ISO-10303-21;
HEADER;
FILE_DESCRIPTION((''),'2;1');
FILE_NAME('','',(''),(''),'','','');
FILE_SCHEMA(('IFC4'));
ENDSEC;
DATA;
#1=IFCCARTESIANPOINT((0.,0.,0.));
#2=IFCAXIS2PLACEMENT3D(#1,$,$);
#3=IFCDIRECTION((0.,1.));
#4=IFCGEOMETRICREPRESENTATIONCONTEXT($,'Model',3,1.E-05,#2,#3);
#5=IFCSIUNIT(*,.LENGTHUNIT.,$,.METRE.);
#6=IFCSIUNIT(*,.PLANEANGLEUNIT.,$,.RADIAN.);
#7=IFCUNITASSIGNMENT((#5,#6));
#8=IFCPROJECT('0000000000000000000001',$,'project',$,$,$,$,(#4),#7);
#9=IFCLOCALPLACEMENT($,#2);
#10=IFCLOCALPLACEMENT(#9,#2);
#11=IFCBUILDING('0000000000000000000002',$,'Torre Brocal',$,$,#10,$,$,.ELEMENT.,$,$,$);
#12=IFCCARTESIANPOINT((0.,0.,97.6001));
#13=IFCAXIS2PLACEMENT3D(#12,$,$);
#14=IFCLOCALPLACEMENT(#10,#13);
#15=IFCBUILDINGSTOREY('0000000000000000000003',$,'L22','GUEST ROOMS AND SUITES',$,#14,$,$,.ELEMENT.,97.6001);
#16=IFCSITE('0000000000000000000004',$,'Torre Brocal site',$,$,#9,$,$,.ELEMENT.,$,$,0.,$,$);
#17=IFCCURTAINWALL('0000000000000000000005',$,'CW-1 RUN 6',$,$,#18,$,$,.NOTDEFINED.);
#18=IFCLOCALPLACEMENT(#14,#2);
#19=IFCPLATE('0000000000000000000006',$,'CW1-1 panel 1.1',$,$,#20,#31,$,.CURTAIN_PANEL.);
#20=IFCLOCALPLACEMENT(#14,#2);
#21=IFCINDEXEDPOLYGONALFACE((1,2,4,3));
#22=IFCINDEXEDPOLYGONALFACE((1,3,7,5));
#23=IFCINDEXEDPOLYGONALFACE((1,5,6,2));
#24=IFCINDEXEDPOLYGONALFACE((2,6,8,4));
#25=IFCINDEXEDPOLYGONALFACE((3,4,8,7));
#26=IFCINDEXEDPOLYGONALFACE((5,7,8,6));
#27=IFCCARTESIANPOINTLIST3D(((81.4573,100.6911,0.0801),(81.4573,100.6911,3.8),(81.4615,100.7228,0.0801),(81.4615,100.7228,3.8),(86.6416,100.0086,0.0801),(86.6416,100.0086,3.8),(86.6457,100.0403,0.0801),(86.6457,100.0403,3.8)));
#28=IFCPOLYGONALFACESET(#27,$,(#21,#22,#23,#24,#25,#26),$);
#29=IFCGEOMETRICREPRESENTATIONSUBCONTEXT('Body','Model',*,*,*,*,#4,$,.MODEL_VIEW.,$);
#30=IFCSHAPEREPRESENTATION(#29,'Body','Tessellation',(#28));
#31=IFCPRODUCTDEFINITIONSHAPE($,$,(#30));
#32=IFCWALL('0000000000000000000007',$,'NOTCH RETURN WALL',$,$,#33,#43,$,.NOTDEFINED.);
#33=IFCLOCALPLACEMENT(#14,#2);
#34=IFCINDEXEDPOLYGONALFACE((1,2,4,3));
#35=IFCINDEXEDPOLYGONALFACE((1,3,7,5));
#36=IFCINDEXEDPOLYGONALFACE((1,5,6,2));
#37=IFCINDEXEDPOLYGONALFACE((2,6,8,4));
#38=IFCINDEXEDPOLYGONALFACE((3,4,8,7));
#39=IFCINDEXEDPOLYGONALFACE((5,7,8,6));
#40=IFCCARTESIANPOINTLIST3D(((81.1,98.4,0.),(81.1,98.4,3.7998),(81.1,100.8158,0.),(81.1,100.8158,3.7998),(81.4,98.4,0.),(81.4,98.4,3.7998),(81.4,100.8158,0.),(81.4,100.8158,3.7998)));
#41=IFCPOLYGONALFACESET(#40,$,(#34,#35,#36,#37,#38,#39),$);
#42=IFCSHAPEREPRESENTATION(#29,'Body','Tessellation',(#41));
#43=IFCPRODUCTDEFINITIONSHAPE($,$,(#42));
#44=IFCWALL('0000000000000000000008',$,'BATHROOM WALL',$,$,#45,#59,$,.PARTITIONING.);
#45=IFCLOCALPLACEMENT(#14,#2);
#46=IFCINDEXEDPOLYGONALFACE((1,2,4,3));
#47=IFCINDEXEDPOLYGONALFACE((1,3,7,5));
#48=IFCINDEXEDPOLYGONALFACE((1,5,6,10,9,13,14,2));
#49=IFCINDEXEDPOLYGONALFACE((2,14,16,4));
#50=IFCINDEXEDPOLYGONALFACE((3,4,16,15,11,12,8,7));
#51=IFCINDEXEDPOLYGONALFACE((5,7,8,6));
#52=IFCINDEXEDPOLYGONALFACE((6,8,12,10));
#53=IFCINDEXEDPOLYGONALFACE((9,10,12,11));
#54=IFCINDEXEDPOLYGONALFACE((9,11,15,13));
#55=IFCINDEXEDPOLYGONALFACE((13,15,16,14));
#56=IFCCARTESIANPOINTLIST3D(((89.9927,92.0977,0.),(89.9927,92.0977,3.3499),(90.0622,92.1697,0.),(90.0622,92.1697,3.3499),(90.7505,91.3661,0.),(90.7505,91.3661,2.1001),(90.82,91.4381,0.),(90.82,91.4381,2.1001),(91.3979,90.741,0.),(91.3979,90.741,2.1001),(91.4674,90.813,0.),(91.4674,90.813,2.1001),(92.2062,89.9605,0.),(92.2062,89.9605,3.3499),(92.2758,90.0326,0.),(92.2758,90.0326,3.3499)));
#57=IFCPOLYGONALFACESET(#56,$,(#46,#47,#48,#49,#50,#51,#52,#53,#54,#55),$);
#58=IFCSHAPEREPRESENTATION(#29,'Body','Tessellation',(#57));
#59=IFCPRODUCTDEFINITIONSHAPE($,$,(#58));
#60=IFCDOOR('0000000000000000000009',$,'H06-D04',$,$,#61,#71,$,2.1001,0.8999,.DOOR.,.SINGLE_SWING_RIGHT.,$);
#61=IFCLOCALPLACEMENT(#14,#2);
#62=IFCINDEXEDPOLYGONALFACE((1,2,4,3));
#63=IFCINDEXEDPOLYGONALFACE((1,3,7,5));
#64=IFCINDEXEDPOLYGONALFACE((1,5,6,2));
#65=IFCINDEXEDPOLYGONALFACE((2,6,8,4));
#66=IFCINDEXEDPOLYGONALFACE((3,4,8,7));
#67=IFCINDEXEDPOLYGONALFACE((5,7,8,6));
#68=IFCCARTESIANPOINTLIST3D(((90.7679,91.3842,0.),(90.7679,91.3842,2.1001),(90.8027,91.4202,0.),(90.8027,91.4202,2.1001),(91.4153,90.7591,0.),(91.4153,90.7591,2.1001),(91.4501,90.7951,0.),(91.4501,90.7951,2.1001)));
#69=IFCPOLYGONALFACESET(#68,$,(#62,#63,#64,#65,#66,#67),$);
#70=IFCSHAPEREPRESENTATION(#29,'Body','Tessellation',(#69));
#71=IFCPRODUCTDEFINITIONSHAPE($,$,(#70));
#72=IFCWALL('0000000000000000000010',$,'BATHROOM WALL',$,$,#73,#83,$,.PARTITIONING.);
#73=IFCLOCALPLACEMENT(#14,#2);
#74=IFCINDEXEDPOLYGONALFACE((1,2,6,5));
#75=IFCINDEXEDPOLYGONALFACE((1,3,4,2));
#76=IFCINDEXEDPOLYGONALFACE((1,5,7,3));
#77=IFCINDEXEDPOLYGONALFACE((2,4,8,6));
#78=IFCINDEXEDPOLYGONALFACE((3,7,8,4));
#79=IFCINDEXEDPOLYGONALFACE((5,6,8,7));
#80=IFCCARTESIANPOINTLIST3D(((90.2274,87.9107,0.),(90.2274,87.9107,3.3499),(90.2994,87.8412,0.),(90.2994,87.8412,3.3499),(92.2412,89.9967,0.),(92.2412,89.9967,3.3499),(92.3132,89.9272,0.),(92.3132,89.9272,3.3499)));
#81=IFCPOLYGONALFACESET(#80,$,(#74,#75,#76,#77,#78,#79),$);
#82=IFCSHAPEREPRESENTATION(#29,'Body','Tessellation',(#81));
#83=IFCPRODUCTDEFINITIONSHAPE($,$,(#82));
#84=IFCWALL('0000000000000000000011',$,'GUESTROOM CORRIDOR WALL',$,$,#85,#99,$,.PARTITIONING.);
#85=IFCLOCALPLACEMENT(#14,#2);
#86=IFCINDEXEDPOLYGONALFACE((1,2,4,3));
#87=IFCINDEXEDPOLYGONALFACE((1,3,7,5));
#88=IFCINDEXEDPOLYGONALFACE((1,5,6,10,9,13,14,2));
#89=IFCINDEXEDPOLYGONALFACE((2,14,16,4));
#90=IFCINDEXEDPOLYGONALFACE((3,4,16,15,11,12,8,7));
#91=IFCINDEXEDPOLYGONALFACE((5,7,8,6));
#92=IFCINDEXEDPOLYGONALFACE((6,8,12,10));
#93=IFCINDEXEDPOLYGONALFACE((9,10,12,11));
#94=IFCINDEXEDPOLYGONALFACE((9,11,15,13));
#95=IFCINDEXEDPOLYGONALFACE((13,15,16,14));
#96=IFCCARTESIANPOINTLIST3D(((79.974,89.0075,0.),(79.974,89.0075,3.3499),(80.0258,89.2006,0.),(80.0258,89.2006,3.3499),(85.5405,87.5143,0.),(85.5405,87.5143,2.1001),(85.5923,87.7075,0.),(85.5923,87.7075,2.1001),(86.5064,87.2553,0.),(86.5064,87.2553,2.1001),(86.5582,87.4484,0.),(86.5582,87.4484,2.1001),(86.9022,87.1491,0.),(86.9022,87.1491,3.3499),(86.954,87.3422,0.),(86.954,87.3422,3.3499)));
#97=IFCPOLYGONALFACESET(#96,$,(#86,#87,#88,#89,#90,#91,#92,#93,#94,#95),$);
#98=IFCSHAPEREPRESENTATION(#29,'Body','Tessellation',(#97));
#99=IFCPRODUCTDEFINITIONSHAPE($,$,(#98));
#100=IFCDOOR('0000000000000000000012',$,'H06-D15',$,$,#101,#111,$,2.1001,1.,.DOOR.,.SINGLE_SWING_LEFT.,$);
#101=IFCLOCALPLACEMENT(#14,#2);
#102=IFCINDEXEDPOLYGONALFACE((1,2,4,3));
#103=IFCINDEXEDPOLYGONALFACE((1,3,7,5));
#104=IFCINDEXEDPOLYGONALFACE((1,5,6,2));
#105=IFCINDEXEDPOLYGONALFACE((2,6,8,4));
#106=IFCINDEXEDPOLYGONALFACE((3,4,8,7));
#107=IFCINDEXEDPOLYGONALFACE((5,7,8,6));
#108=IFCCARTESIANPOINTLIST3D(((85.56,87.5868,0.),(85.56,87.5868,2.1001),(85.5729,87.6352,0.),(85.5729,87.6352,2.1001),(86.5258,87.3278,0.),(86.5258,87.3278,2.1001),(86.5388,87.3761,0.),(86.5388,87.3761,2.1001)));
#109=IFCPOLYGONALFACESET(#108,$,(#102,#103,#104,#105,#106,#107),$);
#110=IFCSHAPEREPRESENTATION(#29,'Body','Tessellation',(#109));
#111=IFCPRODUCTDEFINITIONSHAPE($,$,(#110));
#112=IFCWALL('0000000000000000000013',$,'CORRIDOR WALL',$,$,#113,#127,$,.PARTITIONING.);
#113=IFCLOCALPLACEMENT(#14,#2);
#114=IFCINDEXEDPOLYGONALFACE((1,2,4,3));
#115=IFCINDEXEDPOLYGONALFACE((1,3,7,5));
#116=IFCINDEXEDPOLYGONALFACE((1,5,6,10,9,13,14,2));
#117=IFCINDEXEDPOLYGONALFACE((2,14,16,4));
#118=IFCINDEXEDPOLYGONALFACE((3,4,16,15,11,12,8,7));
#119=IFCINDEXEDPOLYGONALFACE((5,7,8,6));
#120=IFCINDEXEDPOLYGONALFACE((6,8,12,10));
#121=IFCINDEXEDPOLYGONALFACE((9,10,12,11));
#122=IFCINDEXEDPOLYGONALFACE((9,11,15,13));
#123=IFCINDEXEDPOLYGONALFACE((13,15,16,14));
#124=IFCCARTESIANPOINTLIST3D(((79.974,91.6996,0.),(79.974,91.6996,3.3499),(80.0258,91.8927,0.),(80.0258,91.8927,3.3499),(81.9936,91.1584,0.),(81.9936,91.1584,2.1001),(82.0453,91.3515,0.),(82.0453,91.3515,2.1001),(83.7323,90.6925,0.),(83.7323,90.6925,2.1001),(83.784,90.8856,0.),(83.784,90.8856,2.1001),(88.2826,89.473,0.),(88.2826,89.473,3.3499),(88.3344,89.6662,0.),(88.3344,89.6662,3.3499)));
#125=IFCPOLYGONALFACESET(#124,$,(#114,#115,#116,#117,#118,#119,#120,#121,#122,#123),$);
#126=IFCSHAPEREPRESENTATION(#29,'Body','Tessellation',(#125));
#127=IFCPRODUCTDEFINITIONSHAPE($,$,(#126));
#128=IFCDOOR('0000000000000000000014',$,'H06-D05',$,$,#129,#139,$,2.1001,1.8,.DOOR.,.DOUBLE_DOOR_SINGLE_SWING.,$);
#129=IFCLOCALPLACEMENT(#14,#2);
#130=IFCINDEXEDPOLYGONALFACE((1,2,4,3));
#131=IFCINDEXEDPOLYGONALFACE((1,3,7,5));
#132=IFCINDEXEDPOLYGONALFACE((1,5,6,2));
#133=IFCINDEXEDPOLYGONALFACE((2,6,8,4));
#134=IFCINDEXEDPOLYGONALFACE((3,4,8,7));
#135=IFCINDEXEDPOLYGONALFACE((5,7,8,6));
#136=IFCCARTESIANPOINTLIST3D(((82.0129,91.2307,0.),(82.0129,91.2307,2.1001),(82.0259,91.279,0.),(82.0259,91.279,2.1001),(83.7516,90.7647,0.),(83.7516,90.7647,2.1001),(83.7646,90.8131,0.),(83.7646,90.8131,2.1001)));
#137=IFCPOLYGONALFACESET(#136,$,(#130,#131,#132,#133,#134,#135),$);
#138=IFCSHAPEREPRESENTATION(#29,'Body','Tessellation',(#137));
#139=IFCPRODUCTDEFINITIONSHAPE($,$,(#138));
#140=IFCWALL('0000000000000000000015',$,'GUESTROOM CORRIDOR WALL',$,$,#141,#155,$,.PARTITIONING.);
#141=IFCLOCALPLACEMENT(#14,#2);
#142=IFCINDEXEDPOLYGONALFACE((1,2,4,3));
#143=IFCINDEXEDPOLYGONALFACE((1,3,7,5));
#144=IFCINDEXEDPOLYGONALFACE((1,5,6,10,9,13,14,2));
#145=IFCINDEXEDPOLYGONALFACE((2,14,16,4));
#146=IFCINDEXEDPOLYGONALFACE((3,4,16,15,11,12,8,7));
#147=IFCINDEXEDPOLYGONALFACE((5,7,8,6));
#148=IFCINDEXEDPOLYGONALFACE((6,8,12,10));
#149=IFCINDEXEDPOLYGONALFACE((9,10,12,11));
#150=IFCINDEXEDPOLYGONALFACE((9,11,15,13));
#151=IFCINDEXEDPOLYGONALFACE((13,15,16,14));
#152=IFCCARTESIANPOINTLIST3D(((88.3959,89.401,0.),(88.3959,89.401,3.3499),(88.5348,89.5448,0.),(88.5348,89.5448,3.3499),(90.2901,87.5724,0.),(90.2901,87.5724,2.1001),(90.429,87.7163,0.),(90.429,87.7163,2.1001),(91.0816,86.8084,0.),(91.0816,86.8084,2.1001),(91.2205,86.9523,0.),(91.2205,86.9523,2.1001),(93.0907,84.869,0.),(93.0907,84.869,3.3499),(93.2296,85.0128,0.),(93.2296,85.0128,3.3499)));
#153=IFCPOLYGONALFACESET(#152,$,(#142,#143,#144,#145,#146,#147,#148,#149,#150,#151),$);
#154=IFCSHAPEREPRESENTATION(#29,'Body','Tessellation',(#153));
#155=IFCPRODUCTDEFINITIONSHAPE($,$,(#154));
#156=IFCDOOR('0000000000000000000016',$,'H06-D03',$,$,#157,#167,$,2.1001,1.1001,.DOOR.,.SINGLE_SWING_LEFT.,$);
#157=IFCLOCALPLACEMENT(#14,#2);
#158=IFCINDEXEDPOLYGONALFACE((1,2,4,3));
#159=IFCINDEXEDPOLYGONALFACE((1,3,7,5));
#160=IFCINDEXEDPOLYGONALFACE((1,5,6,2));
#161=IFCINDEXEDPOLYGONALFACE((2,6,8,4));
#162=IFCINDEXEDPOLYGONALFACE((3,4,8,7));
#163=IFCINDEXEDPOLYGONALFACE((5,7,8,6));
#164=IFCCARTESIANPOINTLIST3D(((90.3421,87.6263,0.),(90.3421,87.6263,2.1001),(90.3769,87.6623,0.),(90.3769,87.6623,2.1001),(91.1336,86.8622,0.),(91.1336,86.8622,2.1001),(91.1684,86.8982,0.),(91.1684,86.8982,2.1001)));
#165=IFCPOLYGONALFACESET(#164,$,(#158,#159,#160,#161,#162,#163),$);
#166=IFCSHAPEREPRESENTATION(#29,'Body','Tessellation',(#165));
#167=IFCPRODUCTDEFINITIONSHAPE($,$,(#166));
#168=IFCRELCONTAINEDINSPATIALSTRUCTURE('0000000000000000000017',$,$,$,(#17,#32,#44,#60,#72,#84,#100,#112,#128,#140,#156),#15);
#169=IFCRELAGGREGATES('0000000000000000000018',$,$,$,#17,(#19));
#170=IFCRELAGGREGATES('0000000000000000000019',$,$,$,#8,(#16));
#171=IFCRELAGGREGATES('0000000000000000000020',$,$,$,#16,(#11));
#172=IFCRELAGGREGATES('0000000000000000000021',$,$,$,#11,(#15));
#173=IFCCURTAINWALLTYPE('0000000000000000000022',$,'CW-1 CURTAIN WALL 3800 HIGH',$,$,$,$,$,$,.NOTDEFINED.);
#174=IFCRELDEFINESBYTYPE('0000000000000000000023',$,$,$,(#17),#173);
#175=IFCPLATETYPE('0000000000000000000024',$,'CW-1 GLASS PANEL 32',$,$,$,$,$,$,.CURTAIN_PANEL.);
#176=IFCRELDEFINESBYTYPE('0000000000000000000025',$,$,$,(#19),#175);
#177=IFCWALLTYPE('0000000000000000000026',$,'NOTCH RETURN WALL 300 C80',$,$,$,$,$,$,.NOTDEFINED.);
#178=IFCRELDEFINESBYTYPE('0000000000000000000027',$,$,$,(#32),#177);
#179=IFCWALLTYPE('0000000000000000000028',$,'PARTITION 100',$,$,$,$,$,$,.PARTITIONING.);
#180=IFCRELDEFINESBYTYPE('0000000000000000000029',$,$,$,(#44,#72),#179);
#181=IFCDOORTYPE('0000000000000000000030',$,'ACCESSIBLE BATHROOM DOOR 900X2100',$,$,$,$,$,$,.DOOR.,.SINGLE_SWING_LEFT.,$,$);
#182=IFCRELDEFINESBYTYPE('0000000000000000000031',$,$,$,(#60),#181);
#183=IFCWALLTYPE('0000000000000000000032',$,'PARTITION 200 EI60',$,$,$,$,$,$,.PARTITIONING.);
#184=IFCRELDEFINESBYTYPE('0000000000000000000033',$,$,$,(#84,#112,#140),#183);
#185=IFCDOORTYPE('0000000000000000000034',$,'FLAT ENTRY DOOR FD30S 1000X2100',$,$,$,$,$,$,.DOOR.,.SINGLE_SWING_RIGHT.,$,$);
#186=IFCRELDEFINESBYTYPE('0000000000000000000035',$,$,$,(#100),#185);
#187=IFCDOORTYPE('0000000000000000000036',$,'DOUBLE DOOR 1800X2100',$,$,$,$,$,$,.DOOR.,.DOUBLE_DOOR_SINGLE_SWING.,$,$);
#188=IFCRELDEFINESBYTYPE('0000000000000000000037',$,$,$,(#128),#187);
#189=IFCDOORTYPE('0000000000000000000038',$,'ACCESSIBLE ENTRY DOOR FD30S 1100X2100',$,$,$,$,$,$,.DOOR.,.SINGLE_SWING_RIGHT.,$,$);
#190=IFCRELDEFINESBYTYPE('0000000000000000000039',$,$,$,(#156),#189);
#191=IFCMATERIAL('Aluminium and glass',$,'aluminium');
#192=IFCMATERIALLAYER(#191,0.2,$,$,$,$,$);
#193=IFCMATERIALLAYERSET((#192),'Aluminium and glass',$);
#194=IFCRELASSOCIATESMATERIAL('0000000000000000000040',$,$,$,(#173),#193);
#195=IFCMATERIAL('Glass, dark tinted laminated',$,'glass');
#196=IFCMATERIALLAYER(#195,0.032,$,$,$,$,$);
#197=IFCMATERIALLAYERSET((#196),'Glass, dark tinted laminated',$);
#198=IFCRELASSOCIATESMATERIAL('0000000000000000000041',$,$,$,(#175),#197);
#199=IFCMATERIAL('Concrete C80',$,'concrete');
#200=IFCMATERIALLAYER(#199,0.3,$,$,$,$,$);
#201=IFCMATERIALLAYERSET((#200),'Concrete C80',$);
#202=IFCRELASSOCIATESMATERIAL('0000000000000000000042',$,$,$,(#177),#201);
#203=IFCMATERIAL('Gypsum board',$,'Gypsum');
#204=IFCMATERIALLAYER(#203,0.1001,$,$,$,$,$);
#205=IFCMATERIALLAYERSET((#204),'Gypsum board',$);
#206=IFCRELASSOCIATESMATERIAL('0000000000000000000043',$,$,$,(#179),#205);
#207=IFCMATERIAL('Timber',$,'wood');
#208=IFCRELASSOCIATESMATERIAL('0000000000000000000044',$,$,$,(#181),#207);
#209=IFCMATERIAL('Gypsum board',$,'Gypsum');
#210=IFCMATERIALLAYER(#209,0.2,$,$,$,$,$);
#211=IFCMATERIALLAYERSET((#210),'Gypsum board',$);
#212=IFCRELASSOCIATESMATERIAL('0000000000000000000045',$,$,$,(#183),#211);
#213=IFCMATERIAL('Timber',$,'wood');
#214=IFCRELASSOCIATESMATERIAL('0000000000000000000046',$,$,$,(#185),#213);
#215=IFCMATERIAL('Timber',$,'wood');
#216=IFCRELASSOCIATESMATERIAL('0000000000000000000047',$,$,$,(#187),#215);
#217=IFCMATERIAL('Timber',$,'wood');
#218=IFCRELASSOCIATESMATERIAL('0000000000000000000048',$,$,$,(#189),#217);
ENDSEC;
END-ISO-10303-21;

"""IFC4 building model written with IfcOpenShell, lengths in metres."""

from ifc_helpers import new_model, si_unit, direction, frame, frame_2d, origin, origin_2d, place, context, subcontext, project, spatial, rectangle, extrude, material, layer, layer_set, type_object, element, fill, aggregate, save


model = new_model("IFC4")

# Units and contexts
model_context = context("Model", 3, precision=1e-05, world=origin(), true_north=direction((0.0, 1.0)))
body_context = subcontext(model_context, "Body", "Model", "MODEL_VIEW")
ifc_project = project(units=[si_unit("LENGTHUNIT", "METRE"), si_unit("PLANEANGLEUNIT", "RADIAN")], contexts=[model_context])

# Site, building, storey
site_placement = place(None, origin())
site = spatial("IfcSite", under=ifc_project, at=site_placement, Name="Torre Brocal site", CompositionType="ELEMENT", RefElevation=0.0)
building_placement = place(site_placement, origin())
building = spatial("IfcBuilding", under=site, at=building_placement, Name="Torre Brocal", CompositionType="ELEMENT")
storey_placement = place(building_placement, frame((0.0, 0.0, 97.6001)))
storey = spatial("IfcBuildingStorey", under=building, at=storey_placement, Name="L22", Description="GUEST ROOMS AND SUITES", CompositionType="ELEMENT", Elevation=97.6001)

# Shared definitions
ifc_material_1 = material(Name="Aluminium and glass", Category="aluminium")
ifc_layer_1 = layer(ifc_material_1, 0.2)
ifc_layer_set_1 = layer_set([ifc_layer_1], Name="Aluminium and glass")
curtain_wall_type = type_object("IfcCurtainWallType", Name="CW-1 CURTAIN WALL 3800 HIGH", PredefinedType="NOTDEFINED", material=ifc_layer_set_1)

# Curtain wall
curtain_wall_1_placement = place(storey_placement, origin())
curtain_wall_1 = element("IfcCurtainWall", 1, at=curtain_wall_1_placement, inside=storey, type_object=curtain_wall_type, Name="CW-1 RUN 6", PredefinedType="NOTDEFINED")

# Plate
ifc_material_2 = material(Name="Glass, dark tinted laminated", Category="glass")
ifc_layer_2 = layer(ifc_material_2, 0.032)
ifc_layer_set_2 = layer_set([ifc_layer_2], Name="Glass, dark tinted laminated")
plate_type = type_object("IfcPlateType", Name="CW-1 GLASS PANEL 32", PredefinedType="CURTAIN_PANEL", material=ifc_layer_set_2)
plate_1_placement = place(storey_placement, frame((84.0515, 100.3657, 0.0801), z_axis=(0.0, 0.0, 1.0), x_axis=(-0.991445, 0.130526, 0.0)))
plate_1 = element("IfcPlate", 2, at=plate_1_placement, type_object=plate_type, Name="CW1-1 panel 1.1", PredefinedType="CURTAIN_PANEL", context=body_context, shape_type="SweptSolid", body=[
    extrude(rectangle(XDim=5.229, YDim=0.032, at=origin_2d()), origin(), (0.0, 0.0, 1.0), 3.72),
])
aggregate(curtain_wall_1, [plate_1])

# Wall
ifc_material_3 = material(Name="Concrete C80", Category="concrete")
ifc_layer_3 = layer(ifc_material_3, 0.3)
ifc_layer_set_3 = layer_set([ifc_layer_3], Name="Concrete C80")
wall_type_1 = type_object("IfcWallType", Name="NOTCH RETURN WALL 300 C80", PredefinedType="NOTDEFINED", material=ifc_layer_set_3)
wall_1_placement = place(storey_placement, frame((81.25, 98.3999, 0.0), z_axis=(0.0, 0.0, 1.0), x_axis=(0.0, 1.0, 0.0)))
element("IfcWall", 3, at=wall_1_placement, inside=storey, type_object=wall_type_1, Name="NOTCH RETURN WALL", PredefinedType="NOTDEFINED", context=body_context, shape_type="SweptSolid", body=[
    extrude(rectangle(XDim=2.4158, YDim=0.3, at=frame_2d((1.208, 0.0))), origin(), (0.0, 0.0, 1.0), 3.7998),
])

# Wall, opening, door
ifc_material_4 = material(Name="Gypsum board", Category="Gypsum")
ifc_layer_4 = layer(ifc_material_4, 0.1001)
ifc_layer_set_4 = layer_set([ifc_layer_4], Name="Gypsum board")
wall_type_2 = type_object("IfcWallType", Name="PARTITION 100", PredefinedType="PARTITIONING", material=ifc_layer_set_4)
wall_2_placement = place(storey_placement, frame((90.0273, 92.1338, 0.0), z_axis=(0.0, 0.0, 1.0), x_axis=(0.719415, -0.69458, 0.0)))
wall_2 = element("IfcWall", 4, at=wall_2_placement, inside=storey, type_object=wall_type_2, Name="BATHROOM WALL", PredefinedType="PARTITIONING", context=body_context, shape_type="SweptSolid", body=[
    extrude(rectangle(XDim=3.0769, YDim=0.1001, at=frame_2d((1.5386, 0.0))), origin(), (0.0, 0.0, 1.0), 3.3499),
])
opening_1_placement = place(wall_2_placement, frame((1.0535, 0.0, 0.0)))
opening_1 = element("IfcOpeningElement", 5, at=opening_1_placement, cuts=wall_2, PredefinedType="OPENING", context=body_context, shape_type="SweptSolid", body=[
    extrude(rectangle(XDim=0.8999, YDim=2.1001, at=frame_2d((0.45, 1.05))), frame((0.0, 0.0601, 0.0), z_axis=(0.0, -1.0, 0.0), x_axis=(1.0, 0.0, 0.0)), (0.0, 0.0, 1.0), 0.1201),
])
ifc_material_5 = material(Name="Timber", Category="wood")
door_type_1 = type_object("IfcDoorType", Name="ACCESSIBLE BATHROOM DOOR 900X2100", OperationType="SINGLE_SWING_LEFT", PredefinedType="DOOR", material=ifc_material_5)
door_1_placement = place(opening_1_placement, frame((0.8999, 0.0, 0.0), z_axis=(0.0, 0.0, 1.0), x_axis=(-1.0, 0.0, 0.0)))
door_1 = element("IfcDoor", 6, at=door_1_placement, inside=storey, type_object=door_type_1, Name="H06-D04", OperationType="SINGLE_SWING_RIGHT", OverallHeight=2.1001, OverallWidth=0.8999, PredefinedType="DOOR", context=body_context, shape_type="SweptSolid", body=[
    extrude(rectangle(XDim=0.8999, YDim=2.1001, at=frame_2d((0.45, 1.05))), frame((0.0, 0.0249, 0.0), z_axis=(0.0, -1.0, 0.0), x_axis=(1.0, 0.0, 0.0)), (0.0, 0.0, 1.0), 0.05),
])
fill(opening_1, door_1)

# Wall
wall_3_placement = place(storey_placement, frame((90.2634, 87.876, 0.0), z_axis=(0.0, 0.0, 1.0), x_axis=(0.694534, 0.719459, 0.0)))
element("IfcWall", 7, at=wall_3_placement, inside=storey, type_object=wall_type_2, Name="BATHROOM WALL", PredefinedType="PARTITIONING", context=body_context, shape_type="SweptSolid", body=[
    extrude(rectangle(XDim=2.8994, YDim=0.1001, at=frame_2d((1.4497, 0.0))), origin(), (0.0, 0.0, 1.0), 3.3499),
])

# Walls, openings, doors
ifc_material_6 = material(Name="Gypsum board", Category="Gypsum")
ifc_layer_5 = layer(ifc_material_6, 0.2)
ifc_layer_set_5 = layer_set([ifc_layer_5], Name="Gypsum board")
wall_type_3 = type_object("IfcWallType", Name="PARTITION 200 EI60", PredefinedType="PARTITIONING", material=ifc_layer_set_5)
wall_4_placement = place(storey_placement, frame((80.0, 89.104, 0.0), z_axis=(0.0, 0.0, 1.0), x_axis=(0.965857, -0.259077, 0.0)))
wall_4 = element("IfcWall", 8, at=wall_4_placement, inside=storey, type_object=wall_type_3, Name="GUESTROOM CORRIDOR WALL", PredefinedType="PARTITIONING", context=body_context, shape_type="SweptSolid", body=[
    extrude(rectangle(XDim=7.1731, YDim=0.2, at=frame_2d((3.5864, 0.0))), origin(), (0.0, 0.0, 1.0), 3.3499),
])
opening_2_placement = place(wall_4_placement, frame((5.7632, 0.0, 0.0)))
opening_2 = element("IfcOpeningElement", 9, at=opening_2_placement, cuts=wall_4, PredefinedType="OPENING", context=body_context, shape_type="SweptSolid", body=[
    extrude(rectangle(XDim=1.0, YDim=2.1001, at=frame_2d((0.5, 1.05))), frame((0.0, 0.1099, 0.0), z_axis=(0.0, -1.0, 0.0), x_axis=(1.0, 0.0, 0.0)), (0.0, 0.0, 1.0), 0.22),
])
ifc_material_7 = material(Name="Timber", Category="wood")
door_type_2 = type_object("IfcDoorType", Name="FLAT ENTRY DOOR FD30S 1000X2100", OperationType="SINGLE_SWING_RIGHT", PredefinedType="DOOR", material=ifc_material_7)
door_2_placement = place(opening_2_placement, frame((1.0, 0.0, 0.0), z_axis=(0.0, 0.0, 1.0), x_axis=(-1.0, 0.0, 0.0)))
door_2 = element("IfcDoor", 10, at=door_2_placement, inside=storey, type_object=door_type_2, Name="H06-D15", OperationType="SINGLE_SWING_LEFT", OverallHeight=2.1001, OverallWidth=1.0, PredefinedType="DOOR", context=body_context, shape_type="SweptSolid", body=[
    extrude(rectangle(XDim=1.0, YDim=2.1001, at=frame_2d((0.5, 1.05))), frame((0.0, 0.0249, 0.0), z_axis=(0.0, -1.0, 0.0), x_axis=(1.0, 0.0, 0.0)), (0.0, 0.0, 1.0), 0.05),
])
fill(opening_2, door_2)
wall_5_placement = place(storey_placement, frame((80.0, 91.7961, 0.0), z_axis=(0.0, 0.0, 1.0), x_axis=(0.965918, -0.25885, 0.0)))
wall_5 = element("IfcWall", 11, at=wall_5_placement, inside=storey, type_object=wall_type_3, Name="CORRIDOR WALL", PredefinedType="PARTITIONING", context=body_context, shape_type="SweptSolid", body=[
    extrude(rectangle(XDim=8.6018, YDim=0.2, at=frame_2d((4.3008, 0.0))), origin(), (0.0, 0.0, 1.0), 3.3499),
])
opening_3_placement = place(wall_5_placement, frame((2.0908, 0.0, 0.0)))
opening_3 = element("IfcOpeningElement", 12, at=opening_3_placement, cuts=wall_5, PredefinedType="OPENING", context=body_context, shape_type="SweptSolid", body=[
    extrude(rectangle(XDim=1.8, YDim=2.1001, at=frame_2d((0.8999, 1.05))), frame((0.0, 0.1099, 0.0), z_axis=(0.0, -1.0, 0.0), x_axis=(1.0, 0.0, 0.0)), (0.0, 0.0, 1.0), 0.22),
])
ifc_material_8 = material(Name="Timber", Category="wood")
door_type_3 = type_object("IfcDoorType", Name="DOUBLE DOOR 1800X2100", OperationType="DOUBLE_DOOR_SINGLE_SWING", PredefinedType="DOOR", material=ifc_material_8)
door_3_placement = place(opening_3_placement, origin())
door_3 = element("IfcDoor", 13, at=door_3_placement, inside=storey, type_object=door_type_3, Name="H06-D05", OperationType="DOUBLE_DOOR_SINGLE_SWING", OverallHeight=2.1001, OverallWidth=1.8, PredefinedType="DOOR", context=body_context, shape_type="SweptSolid", body=[
    extrude(rectangle(XDim=1.8, YDim=2.1001, at=frame_2d((0.8999, 1.05))), frame((0.0, 0.0249, 0.0), z_axis=(0.0, -1.0, 0.0), x_axis=(1.0, 0.0, 0.0)), (0.0, 0.0, 1.0), 0.05),
])
fill(opening_3, door_3)
wall_6_placement = place(storey_placement, frame((88.4653, 89.4729, 0.0), z_axis=(0.0, 0.0, 1.0), x_axis=(0.719474, -0.694519, 0.0)))
wall_6 = element("IfcWall", 14, at=wall_6_placement, inside=storey, type_object=wall_type_3, Name="GUESTROOM CORRIDOR WALL", PredefinedType="PARTITIONING", context=body_context, shape_type="SweptSolid", body=[
    extrude(rectangle(XDim=6.5254, YDim=0.2, at=frame_2d((3.2627, 0.0))), origin(), (0.0, 0.0, 1.0), 3.3499),
])
opening_4_placement = place(wall_6_placement, frame((2.6328, 0.0, 0.0)))
opening_4 = element("IfcOpeningElement", 15, at=opening_4_placement, cuts=wall_6, PredefinedType="OPENING", context=body_context, shape_type="SweptSolid", body=[
    extrude(rectangle(XDim=1.1001, YDim=2.1001, at=frame_2d((0.55, 1.05))), frame((0.0, 0.1099, 0.0), z_axis=(0.0, -1.0, 0.0), x_axis=(1.0, 0.0, 0.0)), (0.0, 0.0, 1.0), 0.22),
])
ifc_material_9 = material(Name="Timber", Category="wood")
door_type_4 = type_object("IfcDoorType", Name="ACCESSIBLE ENTRY DOOR FD30S 1100X2100", OperationType="SINGLE_SWING_RIGHT", PredefinedType="DOOR", material=ifc_material_9)
door_4_placement = place(opening_4_placement, origin())
door_4 = element("IfcDoor", 16, at=door_4_placement, inside=storey, type_object=door_type_4, Name="H06-D03", OperationType="SINGLE_SWING_LEFT", OverallHeight=2.1001, OverallWidth=1.1001, PredefinedType="DOOR", context=body_context, shape_type="SweptSolid", body=[
    extrude(rectangle(XDim=1.1001, YDim=2.1001, at=frame_2d((0.55, 1.05))), frame((0.0, 0.0249, 0.0), z_axis=(0.0, -1.0, 0.0), x_axis=(1.0, 0.0, 0.0)), (0.0, 0.0, 1.0), 0.05),
])
fill(opening_4, door_4)

save(model, "model.ifc")
